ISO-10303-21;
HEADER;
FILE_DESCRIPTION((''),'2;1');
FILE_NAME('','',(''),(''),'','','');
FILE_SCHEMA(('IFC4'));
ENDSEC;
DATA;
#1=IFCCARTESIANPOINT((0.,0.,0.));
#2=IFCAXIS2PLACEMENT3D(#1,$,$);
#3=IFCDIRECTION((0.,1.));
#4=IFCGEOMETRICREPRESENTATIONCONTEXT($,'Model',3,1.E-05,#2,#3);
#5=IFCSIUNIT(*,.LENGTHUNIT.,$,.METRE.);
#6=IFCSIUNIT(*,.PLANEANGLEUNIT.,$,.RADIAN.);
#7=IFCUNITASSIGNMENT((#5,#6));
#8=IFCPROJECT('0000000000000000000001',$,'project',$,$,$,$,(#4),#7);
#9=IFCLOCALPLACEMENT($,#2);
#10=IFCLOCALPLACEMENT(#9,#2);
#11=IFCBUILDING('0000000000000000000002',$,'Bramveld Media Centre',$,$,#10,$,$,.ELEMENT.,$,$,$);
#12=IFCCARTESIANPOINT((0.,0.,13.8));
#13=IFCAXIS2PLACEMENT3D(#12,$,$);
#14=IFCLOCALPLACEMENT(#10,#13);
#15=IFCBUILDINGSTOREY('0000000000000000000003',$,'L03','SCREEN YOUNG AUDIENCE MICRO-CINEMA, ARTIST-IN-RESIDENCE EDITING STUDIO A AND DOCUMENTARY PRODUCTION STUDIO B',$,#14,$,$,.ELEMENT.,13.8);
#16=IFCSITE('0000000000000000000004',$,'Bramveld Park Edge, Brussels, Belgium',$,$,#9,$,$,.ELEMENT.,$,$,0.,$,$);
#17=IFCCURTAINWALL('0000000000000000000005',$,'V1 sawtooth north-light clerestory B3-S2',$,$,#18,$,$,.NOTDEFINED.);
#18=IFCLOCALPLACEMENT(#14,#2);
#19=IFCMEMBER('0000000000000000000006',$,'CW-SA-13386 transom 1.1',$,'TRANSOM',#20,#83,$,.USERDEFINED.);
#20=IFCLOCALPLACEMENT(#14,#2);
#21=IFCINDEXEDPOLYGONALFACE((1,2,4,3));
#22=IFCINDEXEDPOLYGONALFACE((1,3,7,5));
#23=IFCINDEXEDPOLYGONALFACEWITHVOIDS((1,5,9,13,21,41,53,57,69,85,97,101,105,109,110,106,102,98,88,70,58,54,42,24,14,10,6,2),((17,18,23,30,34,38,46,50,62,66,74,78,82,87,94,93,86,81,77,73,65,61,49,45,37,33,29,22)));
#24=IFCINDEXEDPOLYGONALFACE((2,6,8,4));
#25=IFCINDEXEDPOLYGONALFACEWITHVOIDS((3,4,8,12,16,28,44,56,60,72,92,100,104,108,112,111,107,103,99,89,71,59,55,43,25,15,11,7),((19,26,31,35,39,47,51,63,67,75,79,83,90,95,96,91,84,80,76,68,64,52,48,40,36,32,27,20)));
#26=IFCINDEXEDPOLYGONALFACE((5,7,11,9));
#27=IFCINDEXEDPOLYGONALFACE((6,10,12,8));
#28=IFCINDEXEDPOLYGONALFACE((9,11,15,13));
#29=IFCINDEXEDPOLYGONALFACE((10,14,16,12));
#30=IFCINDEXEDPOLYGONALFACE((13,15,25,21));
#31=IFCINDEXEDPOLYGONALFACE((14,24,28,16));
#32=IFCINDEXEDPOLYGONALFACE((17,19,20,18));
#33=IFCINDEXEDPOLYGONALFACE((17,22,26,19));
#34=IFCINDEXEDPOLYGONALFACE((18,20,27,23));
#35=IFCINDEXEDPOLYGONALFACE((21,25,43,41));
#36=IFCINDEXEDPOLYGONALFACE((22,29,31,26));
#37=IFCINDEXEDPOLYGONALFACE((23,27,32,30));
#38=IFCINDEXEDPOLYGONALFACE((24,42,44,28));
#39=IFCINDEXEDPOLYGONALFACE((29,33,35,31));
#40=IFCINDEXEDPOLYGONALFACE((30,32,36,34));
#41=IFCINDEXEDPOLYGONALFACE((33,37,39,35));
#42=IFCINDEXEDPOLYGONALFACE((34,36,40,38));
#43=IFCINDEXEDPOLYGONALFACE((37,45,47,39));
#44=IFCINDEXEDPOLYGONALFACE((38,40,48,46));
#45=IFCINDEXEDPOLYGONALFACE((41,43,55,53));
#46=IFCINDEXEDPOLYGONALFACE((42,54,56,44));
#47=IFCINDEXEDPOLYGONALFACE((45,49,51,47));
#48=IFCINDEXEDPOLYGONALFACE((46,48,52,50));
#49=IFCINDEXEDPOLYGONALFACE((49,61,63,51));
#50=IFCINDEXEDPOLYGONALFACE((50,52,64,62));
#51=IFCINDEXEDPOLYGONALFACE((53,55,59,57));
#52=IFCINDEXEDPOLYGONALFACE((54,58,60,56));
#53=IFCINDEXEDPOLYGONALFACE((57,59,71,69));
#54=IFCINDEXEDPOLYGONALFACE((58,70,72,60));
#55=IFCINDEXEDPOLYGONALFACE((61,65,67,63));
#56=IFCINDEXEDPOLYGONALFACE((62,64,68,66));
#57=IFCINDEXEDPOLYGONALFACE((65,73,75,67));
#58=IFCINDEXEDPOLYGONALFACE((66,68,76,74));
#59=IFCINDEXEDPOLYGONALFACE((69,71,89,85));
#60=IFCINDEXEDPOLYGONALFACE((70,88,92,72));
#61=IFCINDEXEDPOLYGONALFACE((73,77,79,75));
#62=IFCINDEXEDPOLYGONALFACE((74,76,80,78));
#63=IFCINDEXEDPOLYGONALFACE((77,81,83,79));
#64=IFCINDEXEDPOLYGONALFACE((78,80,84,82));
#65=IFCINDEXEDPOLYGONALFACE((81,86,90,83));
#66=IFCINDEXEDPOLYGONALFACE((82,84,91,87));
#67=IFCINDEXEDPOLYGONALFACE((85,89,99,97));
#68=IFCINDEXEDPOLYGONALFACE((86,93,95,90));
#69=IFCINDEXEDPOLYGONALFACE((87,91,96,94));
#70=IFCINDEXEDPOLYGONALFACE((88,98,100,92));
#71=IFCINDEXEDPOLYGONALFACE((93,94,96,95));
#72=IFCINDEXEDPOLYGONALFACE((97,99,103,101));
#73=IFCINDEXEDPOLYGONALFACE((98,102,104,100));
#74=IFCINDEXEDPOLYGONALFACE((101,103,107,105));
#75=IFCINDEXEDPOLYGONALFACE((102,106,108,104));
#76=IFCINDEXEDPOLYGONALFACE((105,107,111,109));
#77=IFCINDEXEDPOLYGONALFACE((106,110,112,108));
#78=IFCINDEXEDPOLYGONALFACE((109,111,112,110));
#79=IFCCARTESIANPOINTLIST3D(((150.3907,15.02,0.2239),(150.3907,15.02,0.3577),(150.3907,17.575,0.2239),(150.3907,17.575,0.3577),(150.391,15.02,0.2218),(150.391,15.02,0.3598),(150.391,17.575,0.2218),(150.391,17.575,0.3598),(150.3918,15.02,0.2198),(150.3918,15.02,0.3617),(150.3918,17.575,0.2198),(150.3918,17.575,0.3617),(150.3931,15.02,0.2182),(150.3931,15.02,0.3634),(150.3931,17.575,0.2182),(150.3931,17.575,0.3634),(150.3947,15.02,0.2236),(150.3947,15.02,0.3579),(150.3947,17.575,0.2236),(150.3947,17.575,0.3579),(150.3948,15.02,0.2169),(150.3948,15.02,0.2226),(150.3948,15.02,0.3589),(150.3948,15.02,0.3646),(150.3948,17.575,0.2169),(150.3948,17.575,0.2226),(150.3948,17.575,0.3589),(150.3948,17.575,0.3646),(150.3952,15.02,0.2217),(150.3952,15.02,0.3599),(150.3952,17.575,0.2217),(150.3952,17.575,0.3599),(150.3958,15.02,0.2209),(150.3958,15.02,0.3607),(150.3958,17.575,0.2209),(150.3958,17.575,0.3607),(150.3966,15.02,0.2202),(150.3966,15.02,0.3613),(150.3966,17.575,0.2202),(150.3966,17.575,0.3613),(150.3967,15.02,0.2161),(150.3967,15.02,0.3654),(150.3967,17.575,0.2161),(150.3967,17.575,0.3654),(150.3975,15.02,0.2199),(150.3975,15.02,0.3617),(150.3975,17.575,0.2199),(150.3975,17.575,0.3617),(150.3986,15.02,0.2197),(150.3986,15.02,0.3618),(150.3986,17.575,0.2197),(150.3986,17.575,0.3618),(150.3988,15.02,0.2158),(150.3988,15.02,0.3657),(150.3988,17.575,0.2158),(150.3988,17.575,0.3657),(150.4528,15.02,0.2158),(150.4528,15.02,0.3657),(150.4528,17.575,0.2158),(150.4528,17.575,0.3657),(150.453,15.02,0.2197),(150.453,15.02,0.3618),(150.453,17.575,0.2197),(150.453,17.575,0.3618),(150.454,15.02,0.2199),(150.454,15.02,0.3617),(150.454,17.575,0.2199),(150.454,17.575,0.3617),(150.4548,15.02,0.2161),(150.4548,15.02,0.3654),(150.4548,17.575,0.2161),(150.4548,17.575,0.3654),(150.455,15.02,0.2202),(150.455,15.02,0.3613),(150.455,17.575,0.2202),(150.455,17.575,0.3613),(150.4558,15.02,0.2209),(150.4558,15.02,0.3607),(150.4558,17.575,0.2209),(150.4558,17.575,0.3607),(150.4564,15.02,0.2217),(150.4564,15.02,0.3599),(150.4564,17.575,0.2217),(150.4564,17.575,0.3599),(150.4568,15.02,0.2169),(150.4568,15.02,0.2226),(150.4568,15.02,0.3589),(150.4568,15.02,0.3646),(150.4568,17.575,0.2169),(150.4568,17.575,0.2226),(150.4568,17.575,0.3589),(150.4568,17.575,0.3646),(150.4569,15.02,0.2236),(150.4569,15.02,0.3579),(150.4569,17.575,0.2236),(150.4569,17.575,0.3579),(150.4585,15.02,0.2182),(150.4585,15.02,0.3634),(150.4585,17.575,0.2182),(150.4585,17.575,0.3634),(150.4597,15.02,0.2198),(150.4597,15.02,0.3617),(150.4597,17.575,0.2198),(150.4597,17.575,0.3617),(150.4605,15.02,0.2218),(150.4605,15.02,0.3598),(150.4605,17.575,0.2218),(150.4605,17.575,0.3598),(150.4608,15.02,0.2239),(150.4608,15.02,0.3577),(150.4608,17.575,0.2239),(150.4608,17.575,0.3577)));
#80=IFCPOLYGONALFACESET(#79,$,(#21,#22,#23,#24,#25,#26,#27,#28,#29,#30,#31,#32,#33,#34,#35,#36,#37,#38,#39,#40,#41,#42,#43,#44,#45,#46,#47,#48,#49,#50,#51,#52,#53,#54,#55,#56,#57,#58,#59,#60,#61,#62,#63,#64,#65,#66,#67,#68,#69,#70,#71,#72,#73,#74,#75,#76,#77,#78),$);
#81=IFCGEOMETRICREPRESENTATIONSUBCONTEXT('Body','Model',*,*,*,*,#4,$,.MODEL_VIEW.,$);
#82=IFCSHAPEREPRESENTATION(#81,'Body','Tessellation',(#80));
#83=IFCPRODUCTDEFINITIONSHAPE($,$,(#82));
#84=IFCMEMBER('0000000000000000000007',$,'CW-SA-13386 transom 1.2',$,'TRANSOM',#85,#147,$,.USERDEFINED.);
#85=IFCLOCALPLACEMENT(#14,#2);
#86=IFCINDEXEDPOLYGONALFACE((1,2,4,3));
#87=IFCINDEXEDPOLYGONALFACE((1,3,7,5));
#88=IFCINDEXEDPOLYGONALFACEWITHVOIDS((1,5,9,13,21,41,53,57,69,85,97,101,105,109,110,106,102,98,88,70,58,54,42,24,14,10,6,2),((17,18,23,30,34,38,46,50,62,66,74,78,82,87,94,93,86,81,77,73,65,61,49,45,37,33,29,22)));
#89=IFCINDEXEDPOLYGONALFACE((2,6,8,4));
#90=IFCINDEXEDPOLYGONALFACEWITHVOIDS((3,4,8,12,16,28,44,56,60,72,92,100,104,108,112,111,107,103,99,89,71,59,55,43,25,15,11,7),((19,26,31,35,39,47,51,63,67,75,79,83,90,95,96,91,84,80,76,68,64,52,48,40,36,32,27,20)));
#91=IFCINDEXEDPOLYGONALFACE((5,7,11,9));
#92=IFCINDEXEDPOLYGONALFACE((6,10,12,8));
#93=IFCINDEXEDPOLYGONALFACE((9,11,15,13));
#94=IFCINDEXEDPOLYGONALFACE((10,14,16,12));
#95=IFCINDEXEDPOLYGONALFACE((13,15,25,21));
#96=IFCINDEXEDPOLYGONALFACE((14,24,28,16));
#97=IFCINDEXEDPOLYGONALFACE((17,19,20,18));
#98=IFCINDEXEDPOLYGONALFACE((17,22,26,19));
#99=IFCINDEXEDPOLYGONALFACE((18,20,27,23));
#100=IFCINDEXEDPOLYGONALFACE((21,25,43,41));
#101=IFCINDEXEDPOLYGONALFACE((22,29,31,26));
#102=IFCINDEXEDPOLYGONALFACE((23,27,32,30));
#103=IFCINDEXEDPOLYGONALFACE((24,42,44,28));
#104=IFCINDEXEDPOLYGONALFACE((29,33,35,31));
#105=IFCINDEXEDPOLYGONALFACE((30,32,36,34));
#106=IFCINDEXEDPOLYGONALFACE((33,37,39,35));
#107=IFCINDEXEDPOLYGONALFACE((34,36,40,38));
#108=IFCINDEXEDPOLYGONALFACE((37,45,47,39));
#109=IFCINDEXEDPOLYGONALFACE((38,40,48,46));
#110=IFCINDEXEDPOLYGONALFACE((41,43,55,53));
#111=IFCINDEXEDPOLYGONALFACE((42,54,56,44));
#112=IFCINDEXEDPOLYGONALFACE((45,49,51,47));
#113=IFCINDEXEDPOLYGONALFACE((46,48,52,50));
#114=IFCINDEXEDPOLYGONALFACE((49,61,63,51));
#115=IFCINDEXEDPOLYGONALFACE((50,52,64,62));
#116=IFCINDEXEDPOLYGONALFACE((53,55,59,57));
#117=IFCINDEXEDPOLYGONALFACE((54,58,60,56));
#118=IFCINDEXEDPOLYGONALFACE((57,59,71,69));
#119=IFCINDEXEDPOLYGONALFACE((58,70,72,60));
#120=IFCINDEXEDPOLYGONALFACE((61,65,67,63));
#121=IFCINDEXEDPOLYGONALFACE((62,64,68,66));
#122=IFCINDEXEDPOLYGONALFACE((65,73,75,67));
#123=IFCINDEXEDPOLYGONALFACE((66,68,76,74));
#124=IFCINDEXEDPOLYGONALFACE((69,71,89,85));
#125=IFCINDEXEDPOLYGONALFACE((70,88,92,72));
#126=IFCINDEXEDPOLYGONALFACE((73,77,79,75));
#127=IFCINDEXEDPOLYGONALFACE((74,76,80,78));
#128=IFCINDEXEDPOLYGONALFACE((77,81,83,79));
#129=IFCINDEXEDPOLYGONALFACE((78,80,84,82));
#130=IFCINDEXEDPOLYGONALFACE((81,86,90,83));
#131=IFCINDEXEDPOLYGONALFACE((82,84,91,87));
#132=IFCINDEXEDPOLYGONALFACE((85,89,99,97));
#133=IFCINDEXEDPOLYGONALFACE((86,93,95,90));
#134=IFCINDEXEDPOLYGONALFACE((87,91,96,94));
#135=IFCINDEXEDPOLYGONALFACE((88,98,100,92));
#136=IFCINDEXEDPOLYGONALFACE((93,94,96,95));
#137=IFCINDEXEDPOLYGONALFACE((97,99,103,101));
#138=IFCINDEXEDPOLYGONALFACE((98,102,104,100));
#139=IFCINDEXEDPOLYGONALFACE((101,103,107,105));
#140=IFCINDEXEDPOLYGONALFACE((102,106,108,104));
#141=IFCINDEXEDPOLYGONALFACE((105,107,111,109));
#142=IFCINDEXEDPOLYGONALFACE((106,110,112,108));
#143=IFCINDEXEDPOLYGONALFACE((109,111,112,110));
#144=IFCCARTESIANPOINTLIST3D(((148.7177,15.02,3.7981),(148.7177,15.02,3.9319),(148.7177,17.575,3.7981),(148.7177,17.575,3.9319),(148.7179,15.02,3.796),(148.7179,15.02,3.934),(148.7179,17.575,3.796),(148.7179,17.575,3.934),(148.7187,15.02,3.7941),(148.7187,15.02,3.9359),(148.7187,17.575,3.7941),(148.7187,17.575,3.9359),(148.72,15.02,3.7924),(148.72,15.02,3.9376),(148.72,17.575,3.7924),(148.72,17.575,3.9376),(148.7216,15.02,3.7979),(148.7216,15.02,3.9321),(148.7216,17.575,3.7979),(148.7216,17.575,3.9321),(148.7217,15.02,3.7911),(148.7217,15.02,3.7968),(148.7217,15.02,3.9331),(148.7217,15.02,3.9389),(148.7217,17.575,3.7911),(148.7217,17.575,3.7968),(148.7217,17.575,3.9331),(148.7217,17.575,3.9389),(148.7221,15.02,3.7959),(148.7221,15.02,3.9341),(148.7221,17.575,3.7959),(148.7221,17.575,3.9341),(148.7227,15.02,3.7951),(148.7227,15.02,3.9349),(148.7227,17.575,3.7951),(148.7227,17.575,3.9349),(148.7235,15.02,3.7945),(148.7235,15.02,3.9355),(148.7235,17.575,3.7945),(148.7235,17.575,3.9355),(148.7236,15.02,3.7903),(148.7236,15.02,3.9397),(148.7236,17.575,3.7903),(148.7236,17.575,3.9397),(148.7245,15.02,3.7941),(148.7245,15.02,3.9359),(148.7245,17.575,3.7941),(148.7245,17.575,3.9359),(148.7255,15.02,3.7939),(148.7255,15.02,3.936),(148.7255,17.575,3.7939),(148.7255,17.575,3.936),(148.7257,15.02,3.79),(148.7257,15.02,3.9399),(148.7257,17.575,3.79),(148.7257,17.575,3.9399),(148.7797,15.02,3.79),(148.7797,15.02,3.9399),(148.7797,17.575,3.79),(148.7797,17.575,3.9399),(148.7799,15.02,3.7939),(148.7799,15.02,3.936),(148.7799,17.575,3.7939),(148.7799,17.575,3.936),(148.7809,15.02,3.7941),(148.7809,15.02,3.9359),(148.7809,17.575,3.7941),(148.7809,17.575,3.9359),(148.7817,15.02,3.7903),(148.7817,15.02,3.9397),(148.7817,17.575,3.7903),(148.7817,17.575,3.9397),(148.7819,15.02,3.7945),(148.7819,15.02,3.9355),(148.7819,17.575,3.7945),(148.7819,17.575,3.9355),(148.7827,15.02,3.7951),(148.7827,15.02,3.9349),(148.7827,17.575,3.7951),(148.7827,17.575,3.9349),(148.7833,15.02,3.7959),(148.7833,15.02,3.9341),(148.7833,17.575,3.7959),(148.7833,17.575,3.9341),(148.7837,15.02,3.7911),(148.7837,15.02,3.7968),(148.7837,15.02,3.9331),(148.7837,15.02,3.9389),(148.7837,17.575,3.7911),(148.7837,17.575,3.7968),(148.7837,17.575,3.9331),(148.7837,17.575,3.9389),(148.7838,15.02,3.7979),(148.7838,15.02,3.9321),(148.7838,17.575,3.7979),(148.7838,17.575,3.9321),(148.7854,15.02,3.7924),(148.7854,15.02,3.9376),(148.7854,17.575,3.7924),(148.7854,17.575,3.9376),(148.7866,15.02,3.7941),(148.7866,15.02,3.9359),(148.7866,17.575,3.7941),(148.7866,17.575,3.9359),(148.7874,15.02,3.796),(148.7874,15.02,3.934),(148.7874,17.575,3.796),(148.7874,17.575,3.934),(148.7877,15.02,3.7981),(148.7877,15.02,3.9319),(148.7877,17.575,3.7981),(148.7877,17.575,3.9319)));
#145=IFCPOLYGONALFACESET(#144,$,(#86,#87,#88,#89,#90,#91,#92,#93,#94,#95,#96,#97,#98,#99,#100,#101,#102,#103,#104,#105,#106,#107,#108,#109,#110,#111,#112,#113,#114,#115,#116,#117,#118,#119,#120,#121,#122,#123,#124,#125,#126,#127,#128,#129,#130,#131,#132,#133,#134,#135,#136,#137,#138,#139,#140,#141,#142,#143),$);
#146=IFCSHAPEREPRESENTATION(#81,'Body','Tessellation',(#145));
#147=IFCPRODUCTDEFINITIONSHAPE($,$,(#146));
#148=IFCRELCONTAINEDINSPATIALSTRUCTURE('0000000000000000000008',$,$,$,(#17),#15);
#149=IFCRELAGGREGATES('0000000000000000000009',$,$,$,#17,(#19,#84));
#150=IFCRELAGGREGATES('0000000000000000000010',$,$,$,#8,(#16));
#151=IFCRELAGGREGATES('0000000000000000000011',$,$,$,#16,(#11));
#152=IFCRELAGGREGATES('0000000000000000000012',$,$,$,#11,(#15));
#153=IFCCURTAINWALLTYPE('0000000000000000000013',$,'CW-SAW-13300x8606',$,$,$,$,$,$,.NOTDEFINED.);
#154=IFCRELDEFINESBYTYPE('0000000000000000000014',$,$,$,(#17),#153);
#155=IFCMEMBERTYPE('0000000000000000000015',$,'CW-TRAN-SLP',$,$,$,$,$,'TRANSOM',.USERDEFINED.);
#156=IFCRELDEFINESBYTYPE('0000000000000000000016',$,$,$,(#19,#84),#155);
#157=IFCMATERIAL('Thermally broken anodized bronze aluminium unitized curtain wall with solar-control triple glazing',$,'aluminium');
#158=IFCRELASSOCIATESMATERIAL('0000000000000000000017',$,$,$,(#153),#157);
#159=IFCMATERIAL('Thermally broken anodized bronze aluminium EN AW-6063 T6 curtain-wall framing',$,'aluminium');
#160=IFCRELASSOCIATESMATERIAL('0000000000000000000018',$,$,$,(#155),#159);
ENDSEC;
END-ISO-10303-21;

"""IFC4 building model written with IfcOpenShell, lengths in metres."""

from ifc_helpers import new_model, si_unit, direction, frame, origin, origin_2d, place, context, subcontext, project, spatial, hollow_rectangle, extrude, material, material_profile, profile_set, type_object, element, aggregate, save


model = new_model("IFC4")

# Units and contexts
model_context = context("Model", 3, precision=1e-05, world=origin(), true_north=direction((0.0, 1.0)))
body_context = subcontext(model_context, "Body", "Model", "MODEL_VIEW")
ifc_project = project(units=[si_unit("LENGTHUNIT", "METRE"), si_unit("PLANEANGLEUNIT", "RADIAN")], contexts=[model_context])

# Site, building, storey
site_placement = place(None, origin())
site = spatial("IfcSite", under=ifc_project, at=site_placement, Name="Bramveld Park Edge, Brussels, Belgium", CompositionType="ELEMENT", RefElevation=0.0)
building_placement = place(site_placement, origin())
building = spatial("IfcBuilding", under=site, at=building_placement, Name="Bramveld Media Centre", CompositionType="ELEMENT")
storey_placement = place(building_placement, frame((0.0, 0.0, 13.8)))
storey = spatial("IfcBuildingStorey", under=building, at=storey_placement, Name="L03", Description="SCREEN YOUNG AUDIENCE MICRO-CINEMA, ARTIST-IN-RESIDENCE EDITING STUDIO A AND DOCUMENTARY PRODUCTION STUDIO B", CompositionType="ELEMENT", Elevation=13.8)

# Curtain wall
ifc_material_1 = material(Name="Thermally broken anodized bronze aluminium unitized curtain wall with solar-control triple glazing", Category="aluminium")
curtain_wall_type = type_object("IfcCurtainWallType", Name="CW-SAW-13300x8606", PredefinedType="NOTDEFINED", material=ifc_material_1)
curtain_wall_1_placement = place(storey_placement, origin())
curtain_wall_1 = element("IfcCurtainWall", 1, at=curtain_wall_1_placement, inside=storey, type_object=curtain_wall_type, Name="V1 sawtooth north-light clerestory B3-S2", PredefinedType="NOTDEFINED")

# Members
ifc_material_2 = material(Name="Thermally broken anodized bronze aluminium EN AW-6063 T6 curtain-wall framing", Category="aluminium")
ifc_material_profile_1 = material_profile(ifc_material_2, hollow_rectangle(XDim=0.0701, YDim=0.1499, WallThickness=0.0039, InnerFilletRadius=0.0039, OuterFilletRadius=0.0081, at=origin_2d()), Name="AL-TRAN 70x150")
ifc_profile_set_1 = profile_set([ifc_material_profile_1], Name="Thermally broken anodized bronze aluminium EN AW-6063 T6 curtain-wall framing")
member_type_1 = type_object("IfcMemberType", Name="CW-TRAN-SLP", ElementType="TRANSOM", PredefinedType="USERDEFINED", material=ifc_profile_set_1)
member_1_placement = place(storey_placement, frame((150.4258, 15.02, 0.2908), z_axis=(0.0, 1.0, 0.0), x_axis=(-1.0, 0.0, 0.0)))
member_1 = element("IfcMember", 2, at=member_1_placement, type_object=member_type_1, Name="CW-SA-13386 transom 1.1", ObjectType="TRANSOM", PredefinedType="USERDEFINED", context=body_context, shape_type="SweptSolid", body=[
    extrude(hollow_rectangle(XDim=0.0701, YDim=0.1499, WallThickness=0.0039, InnerFilletRadius=0.0039, OuterFilletRadius=0.0081, at=origin_2d()), origin(), (0.0, 0.0, 1.0), 2.5549),
])
member_2_placement = place(storey_placement, frame((148.7527, 15.02, 3.865), z_axis=(0.0, 1.0, 0.0), x_axis=(-1.0, 0.0, 0.0)))
member_2 = element("IfcMember", 3, at=member_2_placement, type_object=member_type_1, Name="CW-SA-13386 transom 1.2", ObjectType="TRANSOM", PredefinedType="USERDEFINED", context=body_context, shape_type="SweptSolid", body=[
    extrude(hollow_rectangle(XDim=0.0701, YDim=0.1499, WallThickness=0.0039, InnerFilletRadius=0.0039, OuterFilletRadius=0.0081, at=origin_2d()), origin(), (0.0, 0.0, 1.0), 2.5549),
])

aggregate(curtain_wall_1, [member_1, member_2])

save(model, "model.ifc")
